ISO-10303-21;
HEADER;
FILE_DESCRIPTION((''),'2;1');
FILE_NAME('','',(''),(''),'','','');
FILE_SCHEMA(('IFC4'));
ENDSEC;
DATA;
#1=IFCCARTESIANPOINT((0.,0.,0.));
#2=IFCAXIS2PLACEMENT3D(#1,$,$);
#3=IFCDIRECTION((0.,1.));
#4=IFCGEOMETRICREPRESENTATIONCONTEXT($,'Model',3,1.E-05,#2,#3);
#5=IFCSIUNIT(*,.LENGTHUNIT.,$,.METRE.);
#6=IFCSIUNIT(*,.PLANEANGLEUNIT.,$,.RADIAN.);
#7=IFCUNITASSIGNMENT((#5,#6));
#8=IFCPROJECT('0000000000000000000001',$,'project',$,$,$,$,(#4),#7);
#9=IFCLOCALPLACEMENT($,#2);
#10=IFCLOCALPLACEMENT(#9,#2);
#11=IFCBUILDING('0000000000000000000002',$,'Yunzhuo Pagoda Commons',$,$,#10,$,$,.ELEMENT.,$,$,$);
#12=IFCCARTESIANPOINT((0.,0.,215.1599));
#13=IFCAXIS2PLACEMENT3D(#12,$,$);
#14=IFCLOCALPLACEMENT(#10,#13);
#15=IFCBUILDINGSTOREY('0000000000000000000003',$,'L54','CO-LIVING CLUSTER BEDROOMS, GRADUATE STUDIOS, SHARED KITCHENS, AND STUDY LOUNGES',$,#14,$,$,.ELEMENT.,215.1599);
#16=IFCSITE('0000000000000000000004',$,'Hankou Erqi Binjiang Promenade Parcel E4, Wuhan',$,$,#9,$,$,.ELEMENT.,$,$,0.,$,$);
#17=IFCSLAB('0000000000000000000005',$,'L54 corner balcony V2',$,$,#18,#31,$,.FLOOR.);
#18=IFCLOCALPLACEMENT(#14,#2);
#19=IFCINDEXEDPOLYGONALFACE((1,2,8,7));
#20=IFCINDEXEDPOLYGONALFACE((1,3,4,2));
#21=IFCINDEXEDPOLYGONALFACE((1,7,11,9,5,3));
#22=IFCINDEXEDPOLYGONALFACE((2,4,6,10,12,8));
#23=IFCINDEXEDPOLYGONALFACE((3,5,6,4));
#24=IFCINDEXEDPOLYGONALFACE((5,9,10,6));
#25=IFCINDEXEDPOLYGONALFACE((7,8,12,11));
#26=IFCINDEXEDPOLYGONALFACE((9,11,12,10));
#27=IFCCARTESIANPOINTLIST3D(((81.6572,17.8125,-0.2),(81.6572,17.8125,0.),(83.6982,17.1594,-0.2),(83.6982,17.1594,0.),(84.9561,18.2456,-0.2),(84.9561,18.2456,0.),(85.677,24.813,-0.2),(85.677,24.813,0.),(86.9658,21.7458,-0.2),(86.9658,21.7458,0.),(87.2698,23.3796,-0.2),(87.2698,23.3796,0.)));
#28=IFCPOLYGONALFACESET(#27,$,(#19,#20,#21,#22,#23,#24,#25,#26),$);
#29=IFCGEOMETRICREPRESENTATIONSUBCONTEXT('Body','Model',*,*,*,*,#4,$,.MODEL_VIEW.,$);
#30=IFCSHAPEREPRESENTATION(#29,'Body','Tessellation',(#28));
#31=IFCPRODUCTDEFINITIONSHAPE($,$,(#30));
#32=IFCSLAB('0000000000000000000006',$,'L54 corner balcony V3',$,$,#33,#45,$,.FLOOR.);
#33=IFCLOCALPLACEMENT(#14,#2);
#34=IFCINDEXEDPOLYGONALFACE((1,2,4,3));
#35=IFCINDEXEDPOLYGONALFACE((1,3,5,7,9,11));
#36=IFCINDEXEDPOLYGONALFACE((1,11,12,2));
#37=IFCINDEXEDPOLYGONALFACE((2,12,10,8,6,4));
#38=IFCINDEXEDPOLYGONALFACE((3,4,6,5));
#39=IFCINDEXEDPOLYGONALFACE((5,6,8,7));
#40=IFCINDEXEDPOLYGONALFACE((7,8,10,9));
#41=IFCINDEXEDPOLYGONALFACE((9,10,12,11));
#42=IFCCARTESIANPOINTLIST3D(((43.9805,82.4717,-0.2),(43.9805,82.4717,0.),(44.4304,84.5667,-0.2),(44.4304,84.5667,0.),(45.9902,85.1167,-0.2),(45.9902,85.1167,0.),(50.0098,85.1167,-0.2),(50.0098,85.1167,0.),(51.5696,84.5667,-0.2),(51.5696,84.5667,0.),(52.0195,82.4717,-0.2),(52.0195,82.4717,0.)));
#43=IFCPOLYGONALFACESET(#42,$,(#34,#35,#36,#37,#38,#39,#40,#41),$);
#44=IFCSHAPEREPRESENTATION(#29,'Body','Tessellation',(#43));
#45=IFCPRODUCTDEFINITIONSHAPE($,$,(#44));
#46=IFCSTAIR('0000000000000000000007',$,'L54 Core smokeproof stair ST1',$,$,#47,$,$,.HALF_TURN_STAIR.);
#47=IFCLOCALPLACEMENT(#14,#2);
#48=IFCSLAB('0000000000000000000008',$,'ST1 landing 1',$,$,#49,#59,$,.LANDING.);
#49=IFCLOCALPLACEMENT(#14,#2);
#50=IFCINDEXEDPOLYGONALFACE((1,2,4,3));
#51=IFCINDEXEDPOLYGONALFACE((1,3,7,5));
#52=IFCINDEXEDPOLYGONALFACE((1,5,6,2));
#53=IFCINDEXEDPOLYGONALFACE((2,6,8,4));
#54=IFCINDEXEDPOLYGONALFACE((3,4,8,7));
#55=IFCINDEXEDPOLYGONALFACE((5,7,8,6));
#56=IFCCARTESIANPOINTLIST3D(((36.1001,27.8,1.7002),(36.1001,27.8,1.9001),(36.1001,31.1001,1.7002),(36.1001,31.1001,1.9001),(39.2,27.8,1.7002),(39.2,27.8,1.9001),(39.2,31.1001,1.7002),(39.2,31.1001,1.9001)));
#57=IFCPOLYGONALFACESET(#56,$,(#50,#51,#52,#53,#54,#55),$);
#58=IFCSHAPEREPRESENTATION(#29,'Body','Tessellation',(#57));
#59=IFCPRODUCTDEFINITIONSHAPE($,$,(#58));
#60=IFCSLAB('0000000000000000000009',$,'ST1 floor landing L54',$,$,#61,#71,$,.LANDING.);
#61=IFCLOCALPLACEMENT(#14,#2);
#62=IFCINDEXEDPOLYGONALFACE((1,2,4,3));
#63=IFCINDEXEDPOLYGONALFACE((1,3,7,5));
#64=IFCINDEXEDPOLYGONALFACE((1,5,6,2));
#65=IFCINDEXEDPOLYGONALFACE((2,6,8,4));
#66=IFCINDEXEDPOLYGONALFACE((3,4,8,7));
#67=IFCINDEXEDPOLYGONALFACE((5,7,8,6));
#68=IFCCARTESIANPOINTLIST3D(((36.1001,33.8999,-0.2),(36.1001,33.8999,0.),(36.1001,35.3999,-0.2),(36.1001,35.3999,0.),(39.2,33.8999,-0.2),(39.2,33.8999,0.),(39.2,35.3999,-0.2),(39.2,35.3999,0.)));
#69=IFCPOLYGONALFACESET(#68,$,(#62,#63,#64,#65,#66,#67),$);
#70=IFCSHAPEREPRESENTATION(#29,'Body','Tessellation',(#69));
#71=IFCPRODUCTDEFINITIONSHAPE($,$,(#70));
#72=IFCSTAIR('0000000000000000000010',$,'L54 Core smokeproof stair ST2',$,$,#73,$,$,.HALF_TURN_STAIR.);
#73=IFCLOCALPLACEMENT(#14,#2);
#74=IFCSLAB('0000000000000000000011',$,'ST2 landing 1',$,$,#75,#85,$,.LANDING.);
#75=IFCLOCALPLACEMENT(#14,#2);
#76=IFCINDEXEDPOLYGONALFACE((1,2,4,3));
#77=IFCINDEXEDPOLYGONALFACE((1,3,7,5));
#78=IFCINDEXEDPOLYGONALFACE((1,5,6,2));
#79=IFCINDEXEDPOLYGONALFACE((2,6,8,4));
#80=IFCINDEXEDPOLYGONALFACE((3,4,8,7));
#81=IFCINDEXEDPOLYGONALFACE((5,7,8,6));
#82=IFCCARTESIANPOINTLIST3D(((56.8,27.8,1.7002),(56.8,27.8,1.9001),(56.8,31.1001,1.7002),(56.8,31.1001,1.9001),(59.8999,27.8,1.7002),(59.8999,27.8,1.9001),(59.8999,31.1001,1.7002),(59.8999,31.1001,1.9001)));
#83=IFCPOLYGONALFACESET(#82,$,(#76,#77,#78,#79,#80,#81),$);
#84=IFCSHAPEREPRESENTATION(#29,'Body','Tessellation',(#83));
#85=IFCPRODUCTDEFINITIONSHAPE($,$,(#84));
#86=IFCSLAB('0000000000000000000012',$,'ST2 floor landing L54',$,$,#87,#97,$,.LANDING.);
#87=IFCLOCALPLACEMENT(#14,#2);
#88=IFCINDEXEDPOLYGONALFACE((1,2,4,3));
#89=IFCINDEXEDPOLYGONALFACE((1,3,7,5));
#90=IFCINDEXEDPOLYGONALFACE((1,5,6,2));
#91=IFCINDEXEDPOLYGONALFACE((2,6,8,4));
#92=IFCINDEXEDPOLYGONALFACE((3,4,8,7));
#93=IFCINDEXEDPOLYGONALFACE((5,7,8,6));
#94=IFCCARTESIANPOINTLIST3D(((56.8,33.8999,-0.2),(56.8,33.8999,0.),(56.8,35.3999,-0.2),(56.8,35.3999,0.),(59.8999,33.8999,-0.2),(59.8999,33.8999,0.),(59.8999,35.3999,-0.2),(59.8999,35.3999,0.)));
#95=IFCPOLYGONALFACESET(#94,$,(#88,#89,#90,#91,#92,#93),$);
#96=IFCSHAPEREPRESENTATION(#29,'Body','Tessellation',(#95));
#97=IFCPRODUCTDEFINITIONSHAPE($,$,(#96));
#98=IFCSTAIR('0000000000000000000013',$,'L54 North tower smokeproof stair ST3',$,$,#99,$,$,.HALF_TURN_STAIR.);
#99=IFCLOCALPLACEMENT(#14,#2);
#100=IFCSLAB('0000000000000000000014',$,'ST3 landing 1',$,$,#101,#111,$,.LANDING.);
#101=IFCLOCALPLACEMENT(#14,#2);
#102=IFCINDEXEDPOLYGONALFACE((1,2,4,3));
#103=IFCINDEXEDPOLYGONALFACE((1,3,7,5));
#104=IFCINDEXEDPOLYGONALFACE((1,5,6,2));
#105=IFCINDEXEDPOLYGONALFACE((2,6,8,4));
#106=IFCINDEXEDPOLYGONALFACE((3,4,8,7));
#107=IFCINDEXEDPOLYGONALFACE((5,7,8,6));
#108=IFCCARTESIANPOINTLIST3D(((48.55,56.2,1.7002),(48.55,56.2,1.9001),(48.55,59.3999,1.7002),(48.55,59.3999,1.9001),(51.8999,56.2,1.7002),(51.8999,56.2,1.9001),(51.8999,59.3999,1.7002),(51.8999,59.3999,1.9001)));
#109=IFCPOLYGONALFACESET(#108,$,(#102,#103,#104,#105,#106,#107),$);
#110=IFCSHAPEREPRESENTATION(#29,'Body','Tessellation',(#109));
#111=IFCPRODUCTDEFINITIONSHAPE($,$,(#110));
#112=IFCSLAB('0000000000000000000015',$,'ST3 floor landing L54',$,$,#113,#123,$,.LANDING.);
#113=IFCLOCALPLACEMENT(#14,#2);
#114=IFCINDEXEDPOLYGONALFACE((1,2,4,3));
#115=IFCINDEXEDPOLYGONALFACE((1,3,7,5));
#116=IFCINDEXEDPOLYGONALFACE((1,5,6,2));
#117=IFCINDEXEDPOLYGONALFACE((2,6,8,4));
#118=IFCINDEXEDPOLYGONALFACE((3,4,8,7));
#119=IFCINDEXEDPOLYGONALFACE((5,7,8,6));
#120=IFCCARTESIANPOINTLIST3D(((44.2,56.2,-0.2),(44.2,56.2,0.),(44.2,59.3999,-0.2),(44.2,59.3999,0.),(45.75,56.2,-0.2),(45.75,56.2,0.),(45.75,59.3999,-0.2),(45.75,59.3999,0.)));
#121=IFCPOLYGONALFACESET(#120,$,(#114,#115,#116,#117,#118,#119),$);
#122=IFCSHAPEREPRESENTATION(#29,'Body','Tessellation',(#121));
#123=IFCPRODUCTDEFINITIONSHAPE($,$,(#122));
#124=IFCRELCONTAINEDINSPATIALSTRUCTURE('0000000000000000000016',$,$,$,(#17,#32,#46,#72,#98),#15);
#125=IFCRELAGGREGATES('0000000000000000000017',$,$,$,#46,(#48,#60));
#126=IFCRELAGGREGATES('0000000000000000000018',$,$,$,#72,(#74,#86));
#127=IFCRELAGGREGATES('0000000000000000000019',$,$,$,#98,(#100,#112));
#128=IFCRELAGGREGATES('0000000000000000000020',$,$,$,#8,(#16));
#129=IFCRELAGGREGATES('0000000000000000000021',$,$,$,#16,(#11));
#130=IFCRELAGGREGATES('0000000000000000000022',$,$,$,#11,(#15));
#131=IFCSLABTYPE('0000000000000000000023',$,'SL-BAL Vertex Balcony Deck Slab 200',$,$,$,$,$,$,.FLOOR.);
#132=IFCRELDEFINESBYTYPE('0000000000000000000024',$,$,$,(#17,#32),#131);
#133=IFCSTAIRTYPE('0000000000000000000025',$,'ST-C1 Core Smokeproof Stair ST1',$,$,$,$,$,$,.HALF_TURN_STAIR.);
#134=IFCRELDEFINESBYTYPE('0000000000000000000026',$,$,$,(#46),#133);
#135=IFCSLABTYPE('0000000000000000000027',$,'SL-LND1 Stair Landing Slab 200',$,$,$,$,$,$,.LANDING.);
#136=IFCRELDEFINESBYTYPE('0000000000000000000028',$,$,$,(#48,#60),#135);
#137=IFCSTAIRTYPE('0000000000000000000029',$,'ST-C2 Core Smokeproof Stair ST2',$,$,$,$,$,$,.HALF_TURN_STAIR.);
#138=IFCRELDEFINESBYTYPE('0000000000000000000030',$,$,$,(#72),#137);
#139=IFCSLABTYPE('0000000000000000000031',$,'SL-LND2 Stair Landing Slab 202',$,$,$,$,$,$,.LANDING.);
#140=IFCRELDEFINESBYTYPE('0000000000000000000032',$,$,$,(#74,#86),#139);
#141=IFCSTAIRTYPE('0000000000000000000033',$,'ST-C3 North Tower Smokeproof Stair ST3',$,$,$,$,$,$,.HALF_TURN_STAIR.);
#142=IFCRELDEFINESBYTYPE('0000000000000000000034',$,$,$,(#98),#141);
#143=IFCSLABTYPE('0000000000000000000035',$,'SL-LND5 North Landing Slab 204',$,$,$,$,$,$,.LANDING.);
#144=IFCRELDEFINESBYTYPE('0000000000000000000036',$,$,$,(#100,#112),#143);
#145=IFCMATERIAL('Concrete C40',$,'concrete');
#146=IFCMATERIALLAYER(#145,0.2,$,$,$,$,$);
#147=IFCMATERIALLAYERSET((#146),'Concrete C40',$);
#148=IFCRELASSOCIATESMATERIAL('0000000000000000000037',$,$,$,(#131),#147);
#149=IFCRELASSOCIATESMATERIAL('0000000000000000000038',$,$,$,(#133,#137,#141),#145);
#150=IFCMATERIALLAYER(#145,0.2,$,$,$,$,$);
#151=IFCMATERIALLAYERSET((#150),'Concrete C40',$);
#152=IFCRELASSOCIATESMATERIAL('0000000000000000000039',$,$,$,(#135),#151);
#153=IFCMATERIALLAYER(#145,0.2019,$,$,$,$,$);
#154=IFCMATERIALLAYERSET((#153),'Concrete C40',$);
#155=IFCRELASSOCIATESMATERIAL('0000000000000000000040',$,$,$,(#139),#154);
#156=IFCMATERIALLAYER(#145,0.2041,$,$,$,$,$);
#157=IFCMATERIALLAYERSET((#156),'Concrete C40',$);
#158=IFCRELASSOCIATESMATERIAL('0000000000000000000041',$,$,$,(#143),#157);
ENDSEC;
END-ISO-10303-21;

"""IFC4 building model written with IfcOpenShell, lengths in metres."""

from ifc_helpers import new_model, si_unit, direction, frame, origin, place, context, subcontext, project, spatial, polyline, outline, extrude, material, layer, layer_set, type_object, element, aggregate, save


model = new_model("IFC4")

# Units and contexts
model_context = context("Model", 3, precision=1e-05, world=origin(), true_north=direction((0.0, 1.0)))
body_context = subcontext(model_context, "Body", "Model", "MODEL_VIEW")
ifc_project = project(units=[si_unit("LENGTHUNIT", "METRE"), si_unit("PLANEANGLEUNIT", "RADIAN")], contexts=[model_context])

# Site, building, storey
site_placement = place(None, origin())
site = spatial("IfcSite", under=ifc_project, at=site_placement, Name="Hankou Erqi Binjiang Promenade Parcel E4, Wuhan", CompositionType="ELEMENT", RefElevation=0.0)
building_placement = place(site_placement, origin())
building = spatial("IfcBuilding", under=site, at=building_placement, Name="Yunzhuo Pagoda Commons", CompositionType="ELEMENT")
storey_placement = place(building_placement, frame((0.0, 0.0, 215.1599)))
storey = spatial("IfcBuildingStorey", under=building, at=storey_placement, Name="L54", Description="CO-LIVING CLUSTER BEDROOMS, GRADUATE STUDIOS, SHARED KITCHENS, AND STUDY LOUNGES", CompositionType="ELEMENT", Elevation=215.1599)

# Slabs
ifc_material_1 = material(Name="Concrete C40", Category="concrete")
ifc_layer_1 = layer(ifc_material_1, 0.2)
ifc_layer_set_1 = layer_set([ifc_layer_1], Name="Concrete C40")
slab_type_1 = type_object("IfcSlabType", Name="SL-BAL Vertex Balcony Deck Slab 200", PredefinedType="FLOOR", material=ifc_layer_set_1)
slab_1_placement = place(storey_placement, frame((0.0, 0.0, -0.2)))
element("IfcSlab", 1, at=slab_1_placement, inside=storey, type_object=slab_type_1, Name="L54 corner balcony V2", PredefinedType="FLOOR", context=body_context, shape_type="SweptSolid", body=[
    extrude(outline(polyline([(81.6572, 17.8125), (85.677, 24.813), (87.2698, 23.3796), (86.9658, 21.7458), (84.9561, 18.2456), (83.6982, 17.1594), (81.6572, 17.8125)])), origin(), (0.0, 0.0, 1.0), 0.2),
])
slab_2_placement = place(storey_placement, frame((0.0, 0.0, -0.2)))
element("IfcSlab", 2, at=slab_2_placement, inside=storey, type_object=slab_type_1, Name="L54 corner balcony V3", PredefinedType="FLOOR", context=body_context, shape_type="SweptSolid", body=[
    extrude(outline(polyline([(52.0195, 82.4717), (43.9805, 82.4717), (44.4304, 84.5667), (45.9902, 85.1167), (50.0098, 85.1167), (51.5696, 84.5667), (52.0195, 82.4717)])), origin(), (0.0, 0.0, 1.0), 0.2),
])

# Stairs, slabs
stair_type_1 = type_object("IfcStairType", Name="ST-C1 Core Smokeproof Stair ST1", PredefinedType="HALF_TURN_STAIR", material=ifc_material_1)
stair_1_placement = place(storey_placement, origin())
stair_1 = element("IfcStair", 3, at=stair_1_placement, inside=storey, type_object=stair_type_1, Name="L54 Core smokeproof stair ST1", PredefinedType="HALF_TURN_STAIR")
ifc_layer_2 = layer(ifc_material_1, 0.2)
ifc_layer_set_2 = layer_set([ifc_layer_2], Name="Concrete C40")
slab_type_2 = type_object("IfcSlabType", Name="SL-LND1 Stair Landing Slab 200", PredefinedType="LANDING", material=ifc_layer_set_2)
slab_3_placement = place(storey_placement, frame((0.0, 0.0, 1.7002)))
slab_3 = element("IfcSlab", 4, at=slab_3_placement, type_object=slab_type_2, Name="ST1 landing 1", PredefinedType="LANDING", context=body_context, shape_type="SweptSolid", body=[
    extrude(outline(polyline([(36.1001, 31.1001), (36.1001, 27.8), (39.2, 27.8), (39.2, 31.1001), (36.1001, 31.1001)])), origin(), (0.0, 0.0, 1.0), 0.2),
])
slab_4_placement = place(storey_placement, frame((0.0, 0.0, -0.2)))
slab_4 = element("IfcSlab", 5, at=slab_4_placement, type_object=slab_type_2, Name="ST1 floor landing L54", PredefinedType="LANDING", context=body_context, shape_type="SweptSolid", body=[
    extrude(outline(polyline([(36.1001, 35.3999), (36.1001, 33.8999), (39.2, 33.8999), (39.2, 35.3999), (36.1001, 35.3999)])), origin(), (0.0, 0.0, 1.0), 0.2),
])
aggregate(stair_1, [slab_3, slab_4])
stair_type_2 = type_object("IfcStairType", Name="ST-C2 Core Smokeproof Stair ST2", PredefinedType="HALF_TURN_STAIR", material=ifc_material_1)
stair_2_placement = place(storey_placement, origin())
stair_2 = element("IfcStair", 6, at=stair_2_placement, inside=storey, type_object=stair_type_2, Name="L54 Core smokeproof stair ST2", PredefinedType="HALF_TURN_STAIR")
ifc_layer_3 = layer(ifc_material_1, 0.2019)
ifc_layer_set_3 = layer_set([ifc_layer_3], Name="Concrete C40")
slab_type_3 = type_object("IfcSlabType", Name="SL-LND2 Stair Landing Slab 202", PredefinedType="LANDING", material=ifc_layer_set_3)
slab_5_placement = place(storey_placement, frame((0.0, 0.0, 1.7002)))
slab_5 = element("IfcSlab", 7, at=slab_5_placement, type_object=slab_type_3, Name="ST2 landing 1", PredefinedType="LANDING", context=body_context, shape_type="SweptSolid", body=[
    extrude(outline(polyline([(56.8, 31.1001), (56.8, 27.8), (59.8999, 27.8), (59.8999, 31.1001), (56.8, 31.1001)])), origin(), (0.0, 0.0, 1.0), 0.2),
])
slab_6_placement = place(storey_placement, frame((0.0, 0.0, -0.2)))
slab_6 = element("IfcSlab", 8, at=slab_6_placement, type_object=slab_type_3, Name="ST2 floor landing L54", PredefinedType="LANDING", context=body_context, shape_type="SweptSolid", body=[
    extrude(outline(polyline([(56.8, 35.3999), (56.8, 33.8999), (59.8999, 33.8999), (59.8999, 35.3999), (56.8, 35.3999)])), origin(), (0.0, 0.0, 1.0), 0.2),
])
aggregate(stair_2, [slab_5, slab_6])
stair_type_3 = type_object("IfcStairType", Name="ST-C3 North Tower Smokeproof Stair ST3", PredefinedType="HALF_TURN_STAIR", material=ifc_material_1)
stair_3_placement = place(storey_placement, origin())
stair_3 = element("IfcStair", 9, at=stair_3_placement, inside=storey, type_object=stair_type_3, Name="L54 North tower smokeproof stair ST3", PredefinedType="HALF_TURN_STAIR")
ifc_layer_4 = layer(ifc_material_1, 0.2041)
ifc_layer_set_4 = layer_set([ifc_layer_4], Name="Concrete C40")
slab_type_4 = type_object("IfcSlabType", Name="SL-LND5 North Landing Slab 204", PredefinedType="LANDING", material=ifc_layer_set_4)
slab_7_placement = place(storey_placement, frame((0.0, 0.0, 1.7002)))
slab_7 = element("IfcSlab", 10, at=slab_7_placement, type_object=slab_type_4, Name="ST3 landing 1", PredefinedType="LANDING", context=body_context, shape_type="SweptSolid", body=[
    extrude(outline(polyline([(48.55, 56.2), (51.8999, 56.2), (51.8999, 59.3999), (48.55, 59.3999), (48.55, 56.2)])), origin(), (0.0, 0.0, 1.0), 0.2),
])
slab_8_placement = place(storey_placement, frame((0.0, 0.0, -0.2)))
slab_8 = element("IfcSlab", 11, at=slab_8_placement, type_object=slab_type_4, Name="ST3 floor landing L54", PredefinedType="LANDING", context=body_context, shape_type="SweptSolid", body=[
    extrude(outline(polyline([(44.2, 56.2), (45.75, 56.2), (45.75, 59.3999), (44.2, 59.3999), (44.2, 56.2)])), origin(), (0.0, 0.0, 1.0), 0.2),
])
aggregate(stair_3, [slab_7, slab_8])

save(model, "model.ifc")
